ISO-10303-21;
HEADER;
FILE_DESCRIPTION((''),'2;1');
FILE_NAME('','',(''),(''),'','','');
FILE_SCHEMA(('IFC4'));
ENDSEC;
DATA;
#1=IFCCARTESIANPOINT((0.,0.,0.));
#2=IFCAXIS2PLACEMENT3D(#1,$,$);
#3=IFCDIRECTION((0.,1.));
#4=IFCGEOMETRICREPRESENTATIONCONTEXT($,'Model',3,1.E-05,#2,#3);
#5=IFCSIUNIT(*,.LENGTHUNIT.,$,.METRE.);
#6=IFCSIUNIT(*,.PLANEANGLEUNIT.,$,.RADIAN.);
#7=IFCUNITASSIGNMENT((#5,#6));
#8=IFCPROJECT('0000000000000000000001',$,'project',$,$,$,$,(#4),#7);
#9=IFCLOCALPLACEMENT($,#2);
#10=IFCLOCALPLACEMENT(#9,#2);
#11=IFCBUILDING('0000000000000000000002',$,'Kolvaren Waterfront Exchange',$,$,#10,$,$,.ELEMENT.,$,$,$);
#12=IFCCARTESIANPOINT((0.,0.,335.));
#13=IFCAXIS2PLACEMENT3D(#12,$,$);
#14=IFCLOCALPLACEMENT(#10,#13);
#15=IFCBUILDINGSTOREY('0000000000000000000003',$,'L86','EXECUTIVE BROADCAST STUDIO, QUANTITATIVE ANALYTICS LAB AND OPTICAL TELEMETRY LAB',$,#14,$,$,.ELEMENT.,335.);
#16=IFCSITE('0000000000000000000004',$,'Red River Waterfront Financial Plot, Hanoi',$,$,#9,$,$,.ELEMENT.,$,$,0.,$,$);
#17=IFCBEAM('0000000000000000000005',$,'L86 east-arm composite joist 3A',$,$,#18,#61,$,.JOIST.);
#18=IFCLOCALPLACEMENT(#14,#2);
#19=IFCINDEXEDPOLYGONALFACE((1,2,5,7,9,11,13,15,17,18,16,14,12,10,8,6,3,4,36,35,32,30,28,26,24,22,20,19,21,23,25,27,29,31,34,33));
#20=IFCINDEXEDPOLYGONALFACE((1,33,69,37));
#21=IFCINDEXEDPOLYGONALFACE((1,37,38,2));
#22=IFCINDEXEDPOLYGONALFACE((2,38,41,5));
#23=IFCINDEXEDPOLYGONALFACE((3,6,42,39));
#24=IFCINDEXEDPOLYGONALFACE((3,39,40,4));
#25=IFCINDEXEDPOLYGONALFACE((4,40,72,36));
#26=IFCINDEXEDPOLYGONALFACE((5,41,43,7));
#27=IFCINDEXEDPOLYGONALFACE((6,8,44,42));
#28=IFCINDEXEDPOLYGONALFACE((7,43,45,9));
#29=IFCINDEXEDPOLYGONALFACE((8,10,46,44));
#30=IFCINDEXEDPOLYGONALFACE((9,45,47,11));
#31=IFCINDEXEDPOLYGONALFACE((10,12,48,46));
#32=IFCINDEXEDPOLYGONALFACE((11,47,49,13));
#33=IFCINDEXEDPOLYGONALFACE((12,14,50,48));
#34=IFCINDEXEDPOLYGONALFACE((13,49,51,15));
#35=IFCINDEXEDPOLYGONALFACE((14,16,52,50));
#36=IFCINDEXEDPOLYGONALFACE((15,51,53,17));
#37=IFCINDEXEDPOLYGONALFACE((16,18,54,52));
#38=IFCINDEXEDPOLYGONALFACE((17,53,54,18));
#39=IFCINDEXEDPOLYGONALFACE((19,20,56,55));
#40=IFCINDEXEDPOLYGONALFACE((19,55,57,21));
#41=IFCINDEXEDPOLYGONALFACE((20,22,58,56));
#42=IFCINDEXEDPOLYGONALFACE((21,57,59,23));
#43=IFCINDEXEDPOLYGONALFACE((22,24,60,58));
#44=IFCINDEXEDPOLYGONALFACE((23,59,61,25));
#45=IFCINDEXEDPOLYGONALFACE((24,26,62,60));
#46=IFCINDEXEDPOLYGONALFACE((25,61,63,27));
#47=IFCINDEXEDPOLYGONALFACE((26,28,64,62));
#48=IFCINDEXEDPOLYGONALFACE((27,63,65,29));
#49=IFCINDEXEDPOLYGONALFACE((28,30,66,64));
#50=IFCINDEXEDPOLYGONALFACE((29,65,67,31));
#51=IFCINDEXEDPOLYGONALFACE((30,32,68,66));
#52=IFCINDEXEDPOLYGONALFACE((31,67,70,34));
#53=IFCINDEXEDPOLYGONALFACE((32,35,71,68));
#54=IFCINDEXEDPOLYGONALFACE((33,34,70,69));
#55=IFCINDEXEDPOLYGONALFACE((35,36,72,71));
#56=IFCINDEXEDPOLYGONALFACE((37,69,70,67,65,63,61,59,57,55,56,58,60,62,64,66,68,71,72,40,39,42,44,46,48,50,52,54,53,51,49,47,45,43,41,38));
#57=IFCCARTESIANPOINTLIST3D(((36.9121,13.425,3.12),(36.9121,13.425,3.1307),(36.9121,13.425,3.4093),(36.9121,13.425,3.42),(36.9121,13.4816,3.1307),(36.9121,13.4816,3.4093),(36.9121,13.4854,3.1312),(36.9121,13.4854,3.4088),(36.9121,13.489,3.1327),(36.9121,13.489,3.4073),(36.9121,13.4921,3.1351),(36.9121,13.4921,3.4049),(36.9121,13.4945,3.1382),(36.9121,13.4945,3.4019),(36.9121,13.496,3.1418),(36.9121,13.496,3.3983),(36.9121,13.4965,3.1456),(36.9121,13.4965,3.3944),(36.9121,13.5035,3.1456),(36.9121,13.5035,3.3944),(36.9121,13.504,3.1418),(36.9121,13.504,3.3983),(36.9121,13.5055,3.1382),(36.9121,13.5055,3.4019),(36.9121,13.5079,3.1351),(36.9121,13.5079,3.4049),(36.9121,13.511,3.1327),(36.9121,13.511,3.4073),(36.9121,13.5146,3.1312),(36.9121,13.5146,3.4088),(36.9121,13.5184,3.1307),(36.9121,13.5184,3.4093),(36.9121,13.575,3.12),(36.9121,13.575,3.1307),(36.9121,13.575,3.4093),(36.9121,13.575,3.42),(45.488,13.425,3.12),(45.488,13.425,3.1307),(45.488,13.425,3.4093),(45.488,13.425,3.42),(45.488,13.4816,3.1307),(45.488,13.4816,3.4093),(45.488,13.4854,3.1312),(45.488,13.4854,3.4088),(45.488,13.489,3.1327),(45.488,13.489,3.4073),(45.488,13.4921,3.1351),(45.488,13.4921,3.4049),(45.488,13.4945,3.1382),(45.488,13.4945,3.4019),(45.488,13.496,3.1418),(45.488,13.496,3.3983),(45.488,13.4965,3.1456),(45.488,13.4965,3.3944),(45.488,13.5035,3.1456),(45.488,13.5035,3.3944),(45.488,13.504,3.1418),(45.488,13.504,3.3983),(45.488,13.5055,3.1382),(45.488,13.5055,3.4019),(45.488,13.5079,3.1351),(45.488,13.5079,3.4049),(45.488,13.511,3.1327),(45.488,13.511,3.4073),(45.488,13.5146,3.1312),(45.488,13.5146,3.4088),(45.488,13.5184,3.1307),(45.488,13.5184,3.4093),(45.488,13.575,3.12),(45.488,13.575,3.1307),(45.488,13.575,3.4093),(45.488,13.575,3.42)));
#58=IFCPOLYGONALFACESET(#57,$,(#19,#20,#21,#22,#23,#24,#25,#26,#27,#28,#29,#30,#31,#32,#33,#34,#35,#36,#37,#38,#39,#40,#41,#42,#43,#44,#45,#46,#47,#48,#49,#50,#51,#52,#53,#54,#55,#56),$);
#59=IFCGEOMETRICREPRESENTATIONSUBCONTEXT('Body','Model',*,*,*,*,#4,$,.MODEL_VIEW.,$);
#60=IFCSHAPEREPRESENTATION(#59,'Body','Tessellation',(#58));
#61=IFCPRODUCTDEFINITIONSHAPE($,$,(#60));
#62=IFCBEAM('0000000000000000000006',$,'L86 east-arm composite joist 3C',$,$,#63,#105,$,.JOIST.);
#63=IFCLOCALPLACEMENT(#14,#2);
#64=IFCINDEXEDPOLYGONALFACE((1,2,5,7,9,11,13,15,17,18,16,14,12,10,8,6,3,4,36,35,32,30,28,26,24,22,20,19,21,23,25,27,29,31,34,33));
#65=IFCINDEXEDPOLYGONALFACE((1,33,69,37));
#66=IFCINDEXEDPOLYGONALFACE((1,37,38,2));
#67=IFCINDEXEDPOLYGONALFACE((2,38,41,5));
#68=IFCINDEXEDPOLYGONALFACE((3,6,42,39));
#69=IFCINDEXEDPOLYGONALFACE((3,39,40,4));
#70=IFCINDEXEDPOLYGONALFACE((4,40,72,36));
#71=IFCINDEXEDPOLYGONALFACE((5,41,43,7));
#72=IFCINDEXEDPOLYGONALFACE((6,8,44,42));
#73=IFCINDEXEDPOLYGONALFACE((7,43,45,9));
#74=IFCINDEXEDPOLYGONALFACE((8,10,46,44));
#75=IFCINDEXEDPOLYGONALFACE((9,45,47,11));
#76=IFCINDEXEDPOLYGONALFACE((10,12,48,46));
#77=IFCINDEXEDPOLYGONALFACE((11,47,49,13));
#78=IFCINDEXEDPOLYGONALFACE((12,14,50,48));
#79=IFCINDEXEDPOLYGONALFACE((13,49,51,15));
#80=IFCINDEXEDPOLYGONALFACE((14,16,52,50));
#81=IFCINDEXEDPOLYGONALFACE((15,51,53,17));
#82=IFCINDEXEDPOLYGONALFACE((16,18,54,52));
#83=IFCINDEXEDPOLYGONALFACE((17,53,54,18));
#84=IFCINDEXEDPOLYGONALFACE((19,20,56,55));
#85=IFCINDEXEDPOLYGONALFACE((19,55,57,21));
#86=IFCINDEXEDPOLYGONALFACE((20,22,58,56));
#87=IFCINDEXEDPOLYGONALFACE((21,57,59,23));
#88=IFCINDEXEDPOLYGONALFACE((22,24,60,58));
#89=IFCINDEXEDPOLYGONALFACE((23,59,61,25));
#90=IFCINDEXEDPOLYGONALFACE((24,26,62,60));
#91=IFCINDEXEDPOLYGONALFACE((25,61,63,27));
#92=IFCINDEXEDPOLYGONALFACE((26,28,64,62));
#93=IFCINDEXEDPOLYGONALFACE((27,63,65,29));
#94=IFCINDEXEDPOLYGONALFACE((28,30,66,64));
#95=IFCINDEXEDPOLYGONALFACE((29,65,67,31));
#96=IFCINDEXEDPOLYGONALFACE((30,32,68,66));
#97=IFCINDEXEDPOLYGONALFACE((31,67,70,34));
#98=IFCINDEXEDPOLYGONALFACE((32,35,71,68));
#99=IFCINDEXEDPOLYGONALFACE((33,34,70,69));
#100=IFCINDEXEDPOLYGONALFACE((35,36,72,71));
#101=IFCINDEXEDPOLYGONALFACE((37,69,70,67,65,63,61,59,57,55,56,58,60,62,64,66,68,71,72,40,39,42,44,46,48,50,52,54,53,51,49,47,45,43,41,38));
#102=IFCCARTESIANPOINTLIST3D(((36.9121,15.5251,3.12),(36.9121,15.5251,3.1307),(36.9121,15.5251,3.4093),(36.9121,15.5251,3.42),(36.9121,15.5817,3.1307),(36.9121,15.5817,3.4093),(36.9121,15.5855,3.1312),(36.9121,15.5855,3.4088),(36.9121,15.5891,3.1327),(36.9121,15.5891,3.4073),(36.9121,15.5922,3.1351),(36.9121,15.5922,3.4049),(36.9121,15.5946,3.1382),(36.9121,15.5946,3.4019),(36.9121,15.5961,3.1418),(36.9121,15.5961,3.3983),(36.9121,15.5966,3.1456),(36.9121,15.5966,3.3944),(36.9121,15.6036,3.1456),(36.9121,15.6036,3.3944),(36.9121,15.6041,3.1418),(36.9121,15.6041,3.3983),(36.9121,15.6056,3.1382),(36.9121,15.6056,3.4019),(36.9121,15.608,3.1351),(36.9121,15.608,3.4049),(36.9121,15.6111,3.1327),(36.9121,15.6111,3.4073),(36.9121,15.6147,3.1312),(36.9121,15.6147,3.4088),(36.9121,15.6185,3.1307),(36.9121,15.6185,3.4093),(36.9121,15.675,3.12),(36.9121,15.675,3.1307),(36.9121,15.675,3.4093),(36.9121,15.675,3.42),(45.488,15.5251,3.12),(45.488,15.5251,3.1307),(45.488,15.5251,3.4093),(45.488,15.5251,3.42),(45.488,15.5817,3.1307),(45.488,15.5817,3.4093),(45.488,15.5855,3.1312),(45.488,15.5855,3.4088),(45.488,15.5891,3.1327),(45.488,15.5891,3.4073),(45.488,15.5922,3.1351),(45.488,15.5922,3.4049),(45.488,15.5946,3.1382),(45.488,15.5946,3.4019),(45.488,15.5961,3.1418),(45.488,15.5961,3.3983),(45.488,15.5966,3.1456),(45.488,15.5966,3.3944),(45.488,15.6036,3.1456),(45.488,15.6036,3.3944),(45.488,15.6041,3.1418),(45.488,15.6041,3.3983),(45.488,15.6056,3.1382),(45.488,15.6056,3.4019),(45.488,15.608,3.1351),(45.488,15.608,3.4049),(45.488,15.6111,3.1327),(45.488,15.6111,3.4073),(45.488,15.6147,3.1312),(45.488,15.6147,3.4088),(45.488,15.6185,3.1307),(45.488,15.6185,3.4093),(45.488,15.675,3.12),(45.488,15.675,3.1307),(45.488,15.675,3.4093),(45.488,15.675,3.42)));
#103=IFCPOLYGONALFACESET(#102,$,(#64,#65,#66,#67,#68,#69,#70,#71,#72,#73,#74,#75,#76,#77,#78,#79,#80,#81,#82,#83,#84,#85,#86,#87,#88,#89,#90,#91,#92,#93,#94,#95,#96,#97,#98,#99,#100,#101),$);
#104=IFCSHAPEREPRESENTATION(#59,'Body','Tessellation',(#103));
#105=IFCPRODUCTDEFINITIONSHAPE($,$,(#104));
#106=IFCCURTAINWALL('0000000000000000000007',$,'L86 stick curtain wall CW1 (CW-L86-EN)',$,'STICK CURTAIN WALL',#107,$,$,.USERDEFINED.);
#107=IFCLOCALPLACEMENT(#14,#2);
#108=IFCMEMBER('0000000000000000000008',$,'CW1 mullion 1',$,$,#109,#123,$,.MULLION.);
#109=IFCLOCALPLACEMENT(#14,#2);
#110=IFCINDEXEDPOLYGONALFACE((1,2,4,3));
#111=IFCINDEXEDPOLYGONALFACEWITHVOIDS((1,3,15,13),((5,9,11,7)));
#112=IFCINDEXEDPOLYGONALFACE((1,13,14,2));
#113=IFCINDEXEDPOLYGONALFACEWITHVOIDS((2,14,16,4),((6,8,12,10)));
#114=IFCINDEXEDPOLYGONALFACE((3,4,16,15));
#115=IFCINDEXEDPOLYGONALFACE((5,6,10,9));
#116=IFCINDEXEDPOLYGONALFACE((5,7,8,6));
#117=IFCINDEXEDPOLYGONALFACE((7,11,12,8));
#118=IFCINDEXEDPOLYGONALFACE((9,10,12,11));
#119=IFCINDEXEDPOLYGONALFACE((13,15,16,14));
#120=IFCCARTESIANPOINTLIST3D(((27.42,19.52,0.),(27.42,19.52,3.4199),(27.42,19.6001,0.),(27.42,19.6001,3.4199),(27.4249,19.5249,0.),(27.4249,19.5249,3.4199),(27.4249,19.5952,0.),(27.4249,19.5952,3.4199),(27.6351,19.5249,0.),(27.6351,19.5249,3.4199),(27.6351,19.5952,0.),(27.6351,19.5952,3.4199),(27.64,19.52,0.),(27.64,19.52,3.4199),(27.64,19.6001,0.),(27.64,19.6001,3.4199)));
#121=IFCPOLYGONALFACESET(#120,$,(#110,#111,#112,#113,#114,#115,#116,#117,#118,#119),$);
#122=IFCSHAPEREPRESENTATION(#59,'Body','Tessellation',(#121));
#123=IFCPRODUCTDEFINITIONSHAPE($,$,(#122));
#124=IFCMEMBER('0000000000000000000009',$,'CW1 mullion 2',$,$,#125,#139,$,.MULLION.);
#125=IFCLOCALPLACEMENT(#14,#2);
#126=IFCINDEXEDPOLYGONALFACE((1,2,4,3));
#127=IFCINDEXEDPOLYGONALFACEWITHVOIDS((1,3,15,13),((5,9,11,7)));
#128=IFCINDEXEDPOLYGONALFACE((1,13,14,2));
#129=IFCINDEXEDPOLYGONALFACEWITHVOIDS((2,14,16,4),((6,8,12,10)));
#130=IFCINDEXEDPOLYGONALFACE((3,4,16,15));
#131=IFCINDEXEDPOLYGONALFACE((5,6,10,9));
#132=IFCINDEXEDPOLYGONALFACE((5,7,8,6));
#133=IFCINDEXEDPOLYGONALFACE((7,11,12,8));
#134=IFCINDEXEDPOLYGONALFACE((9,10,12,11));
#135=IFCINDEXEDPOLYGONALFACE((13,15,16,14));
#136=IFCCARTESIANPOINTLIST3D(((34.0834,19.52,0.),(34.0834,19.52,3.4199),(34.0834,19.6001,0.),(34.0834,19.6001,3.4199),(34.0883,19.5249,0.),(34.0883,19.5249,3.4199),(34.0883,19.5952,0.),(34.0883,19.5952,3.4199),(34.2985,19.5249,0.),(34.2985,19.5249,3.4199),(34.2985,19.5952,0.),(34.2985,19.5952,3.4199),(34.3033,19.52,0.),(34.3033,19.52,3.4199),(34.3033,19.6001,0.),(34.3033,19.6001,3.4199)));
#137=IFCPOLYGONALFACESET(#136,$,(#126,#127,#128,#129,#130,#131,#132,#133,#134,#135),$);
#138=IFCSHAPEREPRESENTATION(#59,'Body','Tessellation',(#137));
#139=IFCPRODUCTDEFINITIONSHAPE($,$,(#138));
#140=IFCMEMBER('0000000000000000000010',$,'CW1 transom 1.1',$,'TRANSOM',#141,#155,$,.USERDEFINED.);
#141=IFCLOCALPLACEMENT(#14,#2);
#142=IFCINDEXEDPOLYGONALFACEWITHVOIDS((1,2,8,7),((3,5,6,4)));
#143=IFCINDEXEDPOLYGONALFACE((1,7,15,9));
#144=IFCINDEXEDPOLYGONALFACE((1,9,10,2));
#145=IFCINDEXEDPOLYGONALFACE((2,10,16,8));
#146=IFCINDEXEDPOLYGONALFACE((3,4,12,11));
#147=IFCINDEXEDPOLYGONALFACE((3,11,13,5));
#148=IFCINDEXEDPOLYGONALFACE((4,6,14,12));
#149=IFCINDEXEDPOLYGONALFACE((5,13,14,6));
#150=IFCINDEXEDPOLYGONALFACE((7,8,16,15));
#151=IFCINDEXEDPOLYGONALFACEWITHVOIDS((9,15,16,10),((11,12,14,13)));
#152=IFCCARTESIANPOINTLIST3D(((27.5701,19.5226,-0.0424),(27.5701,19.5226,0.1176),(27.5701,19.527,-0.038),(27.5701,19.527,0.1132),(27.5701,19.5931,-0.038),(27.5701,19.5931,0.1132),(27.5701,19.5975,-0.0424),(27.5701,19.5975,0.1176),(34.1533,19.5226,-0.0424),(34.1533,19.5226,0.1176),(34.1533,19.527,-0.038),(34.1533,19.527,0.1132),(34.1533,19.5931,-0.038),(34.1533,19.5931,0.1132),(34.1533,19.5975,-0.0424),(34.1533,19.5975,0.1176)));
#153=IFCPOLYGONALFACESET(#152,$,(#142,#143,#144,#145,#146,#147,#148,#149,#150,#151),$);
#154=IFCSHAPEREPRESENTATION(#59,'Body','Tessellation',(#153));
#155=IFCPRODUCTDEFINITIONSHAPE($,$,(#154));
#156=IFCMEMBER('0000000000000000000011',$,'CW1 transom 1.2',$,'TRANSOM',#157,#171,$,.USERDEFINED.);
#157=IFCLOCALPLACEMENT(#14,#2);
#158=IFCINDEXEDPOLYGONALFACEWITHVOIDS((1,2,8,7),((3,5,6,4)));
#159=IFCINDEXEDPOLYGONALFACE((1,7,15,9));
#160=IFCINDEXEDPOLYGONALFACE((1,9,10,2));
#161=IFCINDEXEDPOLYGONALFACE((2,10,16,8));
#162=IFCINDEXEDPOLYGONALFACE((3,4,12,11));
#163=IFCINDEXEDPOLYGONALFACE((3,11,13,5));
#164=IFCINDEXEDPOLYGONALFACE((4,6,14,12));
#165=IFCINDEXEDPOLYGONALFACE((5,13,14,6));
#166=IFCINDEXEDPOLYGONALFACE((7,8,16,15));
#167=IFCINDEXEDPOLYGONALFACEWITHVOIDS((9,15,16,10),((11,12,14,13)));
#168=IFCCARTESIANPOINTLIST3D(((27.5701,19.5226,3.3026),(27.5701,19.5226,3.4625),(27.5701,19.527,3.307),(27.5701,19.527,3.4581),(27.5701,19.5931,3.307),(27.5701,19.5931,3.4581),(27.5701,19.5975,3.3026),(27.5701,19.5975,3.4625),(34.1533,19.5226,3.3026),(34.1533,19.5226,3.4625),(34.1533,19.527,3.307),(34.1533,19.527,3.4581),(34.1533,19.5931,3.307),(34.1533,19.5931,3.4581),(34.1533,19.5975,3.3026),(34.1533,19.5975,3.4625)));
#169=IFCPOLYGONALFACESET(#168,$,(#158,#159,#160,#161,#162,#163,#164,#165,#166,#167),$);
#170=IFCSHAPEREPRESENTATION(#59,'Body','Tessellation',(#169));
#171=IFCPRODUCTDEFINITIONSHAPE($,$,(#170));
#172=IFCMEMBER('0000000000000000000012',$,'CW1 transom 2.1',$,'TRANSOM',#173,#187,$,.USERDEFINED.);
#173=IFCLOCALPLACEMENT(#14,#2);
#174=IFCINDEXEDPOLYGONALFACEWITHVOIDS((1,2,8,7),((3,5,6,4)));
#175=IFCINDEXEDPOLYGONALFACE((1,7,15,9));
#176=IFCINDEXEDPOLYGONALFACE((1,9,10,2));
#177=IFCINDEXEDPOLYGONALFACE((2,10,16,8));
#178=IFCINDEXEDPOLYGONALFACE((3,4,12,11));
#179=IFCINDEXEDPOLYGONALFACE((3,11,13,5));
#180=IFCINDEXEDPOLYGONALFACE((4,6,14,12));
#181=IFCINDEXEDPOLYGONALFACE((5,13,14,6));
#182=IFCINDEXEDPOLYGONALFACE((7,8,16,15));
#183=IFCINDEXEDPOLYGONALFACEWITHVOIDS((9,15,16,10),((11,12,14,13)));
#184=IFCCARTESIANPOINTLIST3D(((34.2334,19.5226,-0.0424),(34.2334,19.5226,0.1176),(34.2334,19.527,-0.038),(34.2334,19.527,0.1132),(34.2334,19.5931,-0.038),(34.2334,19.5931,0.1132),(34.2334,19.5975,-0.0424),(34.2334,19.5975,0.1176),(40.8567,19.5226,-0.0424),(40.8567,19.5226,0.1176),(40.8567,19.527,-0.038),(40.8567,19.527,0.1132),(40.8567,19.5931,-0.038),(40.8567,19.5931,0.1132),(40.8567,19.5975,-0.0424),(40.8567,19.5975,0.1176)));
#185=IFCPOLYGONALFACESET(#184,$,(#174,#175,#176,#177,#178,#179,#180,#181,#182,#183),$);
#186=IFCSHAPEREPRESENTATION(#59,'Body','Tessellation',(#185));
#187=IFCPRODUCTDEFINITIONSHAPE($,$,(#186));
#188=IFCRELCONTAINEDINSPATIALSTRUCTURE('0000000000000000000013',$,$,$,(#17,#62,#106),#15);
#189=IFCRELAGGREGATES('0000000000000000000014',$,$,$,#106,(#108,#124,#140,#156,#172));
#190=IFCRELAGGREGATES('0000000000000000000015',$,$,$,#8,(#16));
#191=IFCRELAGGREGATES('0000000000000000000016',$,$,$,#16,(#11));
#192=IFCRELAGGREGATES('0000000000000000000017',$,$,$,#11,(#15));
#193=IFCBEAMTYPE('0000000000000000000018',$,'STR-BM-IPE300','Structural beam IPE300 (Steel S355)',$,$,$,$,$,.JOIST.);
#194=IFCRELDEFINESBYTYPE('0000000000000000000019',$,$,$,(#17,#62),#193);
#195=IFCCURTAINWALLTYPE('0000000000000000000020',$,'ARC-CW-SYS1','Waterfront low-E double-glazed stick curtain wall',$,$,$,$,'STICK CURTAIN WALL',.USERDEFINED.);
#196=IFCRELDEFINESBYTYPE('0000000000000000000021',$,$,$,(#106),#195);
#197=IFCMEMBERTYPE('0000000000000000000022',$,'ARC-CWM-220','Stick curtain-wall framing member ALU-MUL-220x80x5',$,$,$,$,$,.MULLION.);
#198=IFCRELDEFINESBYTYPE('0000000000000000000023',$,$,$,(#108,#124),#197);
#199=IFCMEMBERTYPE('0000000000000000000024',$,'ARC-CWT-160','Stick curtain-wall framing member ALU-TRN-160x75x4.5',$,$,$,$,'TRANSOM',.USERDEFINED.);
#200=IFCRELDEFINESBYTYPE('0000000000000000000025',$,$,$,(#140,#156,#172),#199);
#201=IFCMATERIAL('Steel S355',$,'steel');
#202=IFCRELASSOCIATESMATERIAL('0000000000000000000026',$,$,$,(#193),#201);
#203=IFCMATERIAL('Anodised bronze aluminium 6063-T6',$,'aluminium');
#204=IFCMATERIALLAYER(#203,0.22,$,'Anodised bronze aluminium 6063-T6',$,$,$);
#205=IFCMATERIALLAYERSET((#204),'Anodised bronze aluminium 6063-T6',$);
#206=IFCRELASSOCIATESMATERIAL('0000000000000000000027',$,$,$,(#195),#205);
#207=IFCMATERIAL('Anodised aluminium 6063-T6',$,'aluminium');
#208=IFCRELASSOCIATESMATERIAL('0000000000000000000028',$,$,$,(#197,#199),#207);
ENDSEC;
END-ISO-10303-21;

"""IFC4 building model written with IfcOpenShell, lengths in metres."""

from ifc_helpers import new_model, si_unit, direction, frame, origin, origin_with_axes, origin_2d, place, context, subcontext, project, spatial, hollow_rectangle, i_section, extrude, source, transform, mapped, material, layer, layer_set, material_profile, profile_set, type_object, element, aggregate, save


model = new_model("IFC4")

# Units and contexts
model_context = context("Model", 3, precision=1e-05, world=origin(), true_north=direction((0.0, 1.0)))
body_context = subcontext(model_context, "Body", "Model", "MODEL_VIEW")
ifc_project = project(units=[si_unit("LENGTHUNIT", "METRE"), si_unit("PLANEANGLEUNIT", "RADIAN")], contexts=[model_context])

# Site, building, storey
site_placement = place(None, origin())
site = spatial("IfcSite", under=ifc_project, at=site_placement, Name="Red River Waterfront Financial Plot, Hanoi", CompositionType="ELEMENT", RefElevation=0.0)
building_placement = place(site_placement, origin())
building = spatial("IfcBuilding", under=site, at=building_placement, Name="Kolvaren Waterfront Exchange", CompositionType="ELEMENT")
storey_placement = place(building_placement, frame((0.0, 0.0, 335.0)))
storey = spatial("IfcBuildingStorey", under=building, at=storey_placement, Name="L86", Description="EXECUTIVE BROADCAST STUDIO, QUANTITATIVE ANALYTICS LAB AND OPTICAL TELEMETRY LAB", CompositionType="ELEMENT", Elevation=335.0)

# Beams
ifc_material_1 = material(Name="Steel S355", Category="steel")
ifc_material_profile_1 = material_profile(ifc_material_1, i_section(OverallWidth=0.1499, OverallDepth=0.3, WebThickness=0.0071, FlangeThickness=0.0107, FilletRadius=0.0149, at=origin_2d()), Name="IPE300")
ifc_profile_set_1 = profile_set([ifc_material_profile_1], Name="Steel S355")
beam_type_1 = type_object("IfcBeamType", Name="STR-BM-IPE300", Description="Structural beam IPE300 (Steel S355)", PredefinedType="JOIST", material=ifc_profile_set_1)
for number, where, z_axis, x_axis, name in (
    (1, (36.9121, 13.5, 3.27), (1.0, 0.0, 0.0), (0.0, 1.0, 0.0), "L86 east-arm composite joist 3A"),
    (2, (36.9121, 15.6001, 3.27), (1.0, 0.0, 0.0), (0.0, 1.0, 0.0), "L86 east-arm composite joist 3C"),
):
    element("IfcBeam", number, at=place(storey_placement, frame(where, z_axis=z_axis, x_axis=x_axis)), inside=storey, type_object=beam_type_1, Name=name, PredefinedType="JOIST", context=body_context, shape_type="SweptSolid", body=[
        extrude(i_section(OverallWidth=0.1499, OverallDepth=0.3, WebThickness=0.0071, FlangeThickness=0.0107, FilletRadius=0.0149, at=origin_2d()), origin(), (0.0, 0.0, 1.0), 8.5759),
    ])

# Curtain wall, members
ifc_material_2 = material(Name="Anodised bronze aluminium 6063-T6", Category="aluminium")
ifc_layer_1 = layer(ifc_material_2, 0.22, Name="Anodised bronze aluminium 6063-T6")
ifc_layer_set_1 = layer_set([ifc_layer_1], Name="Anodised bronze aluminium 6063-T6")
curtain_wall_type = type_object("IfcCurtainWallType", Name="ARC-CW-SYS1", Description="Waterfront low-E double-glazed stick curtain wall", ElementType="STICK CURTAIN WALL", PredefinedType="USERDEFINED", material=ifc_layer_set_1)
curtain_wall_placement = place(storey_placement, origin())
curtain_wall = element("IfcCurtainWall", 3, at=curtain_wall_placement, inside=storey, type_object=curtain_wall_type, Name="L86 stick curtain wall CW1 (CW-L86-EN)", ObjectType="STICK CURTAIN WALL", PredefinedType="USERDEFINED")
ifc_material_3 = material(Name="Anodised aluminium 6063-T6", Category="aluminium")
ifc_material_profile_2 = material_profile(ifc_material_3, hollow_rectangle(XDim=0.0801, YDim=0.22, WallThickness=0.0049, at=origin_2d()), Name="ALU-MUL-220x80x5")
ifc_profile_set_2 = profile_set([ifc_material_profile_2], Name="Anodised aluminium 6063-T6")
member_type_1 = type_object("IfcMemberType", Name="ARC-CWM-220", Description="Stick curtain-wall framing member ALU-MUL-220x80x5", PredefinedType="MULLION", material=ifc_profile_set_2)
shared_shape_1 = source(origin_with_axes(), body_context, "Body", "SweptSolid", [
    extrude(hollow_rectangle(XDim=0.0801, YDim=0.22, WallThickness=0.0049, at=origin_2d()), origin(), (0.0, 0.0, 1.0), 3.4199),
])
member_1_placement = place(storey_placement, frame((27.53, 19.5601, 0.0), z_axis=(0.0, 0.0, 1.0), x_axis=(0.0, 1.0, 0.0)))
member_1 = element("IfcMember", 4, at=member_1_placement, type_object=member_type_1, Name="CW1 mullion 1", PredefinedType="MULLION", context=body_context, shape_type="MappedRepresentation", body=[
    mapped(shared_shape_1, transform((0.0, 0.0, 0.0), x_axis=(1.0, 0.0, 0.0), y_axis=(0.0, 1.0, 0.0), z_axis=(0.0, 0.0, 1.0), scale=1.0)),
])
member_2_placement = place(storey_placement, frame((34.1934, 19.5601, 0.0), z_axis=(0.0, 0.0, 1.0), x_axis=(0.0, 1.0, 0.0)))
member_2 = element("IfcMember", 5, at=member_2_placement, type_object=member_type_1, Name="CW1 mullion 2", PredefinedType="MULLION", context=body_context, shape_type="MappedRepresentation", body=[
    mapped(shared_shape_1, transform((0.0, 0.0, 0.0), x_axis=(1.0, 0.0, 0.0), y_axis=(0.0, 1.0, 0.0), z_axis=(0.0, 0.0, 1.0), scale=1.0)),
])
ifc_material_profile_3 = material_profile(ifc_material_3, hollow_rectangle(XDim=0.075, YDim=0.1599, WallThickness=0.0044, at=origin_2d()), Name="ALU-TRN-160x75x4.5")
ifc_profile_set_3 = profile_set([ifc_material_profile_3], Name="Anodised aluminium 6063-T6")
member_type_2 = type_object("IfcMemberType", Name="ARC-CWT-160", Description="Stick curtain-wall framing member ALU-TRN-160x75x4.5", ElementType="TRANSOM", PredefinedType="USERDEFINED", material=ifc_profile_set_3)
shared_shape_2 = source(origin_with_axes(), body_context, "Body", "SweptSolid", [
    extrude(hollow_rectangle(XDim=0.075, YDim=0.1599, WallThickness=0.0044, at=origin_2d()), origin(), (0.0, 0.0, 1.0), 6.5833),
])
member_3_placement = place(storey_placement, frame((27.5701, 19.5601, 0.0376), z_axis=(1.0, 0.0, 0.0), x_axis=(0.0, 1.0, 0.0)))
member_3 = element("IfcMember", 6, at=member_3_placement, type_object=member_type_2, Name="CW1 transom 1.1", ObjectType="TRANSOM", PredefinedType="USERDEFINED", context=body_context, shape_type="MappedRepresentation", body=[
    mapped(shared_shape_2, transform((0.0, 0.0, 0.0), x_axis=(1.0, 0.0, 0.0), y_axis=(0.0, 1.0, 0.0), z_axis=(0.0, 0.0, 1.0), scale=1.0)),
])
member_4_placement = place(storey_placement, frame((27.5701, 19.5601, 3.3826), z_axis=(1.0, 0.0, 0.0), x_axis=(0.0, 1.0, 0.0)))
member_4 = element("IfcMember", 7, at=member_4_placement, type_object=member_type_2, Name="CW1 transom 1.2", ObjectType="TRANSOM", PredefinedType="USERDEFINED", context=body_context, shape_type="MappedRepresentation", body=[
    mapped(shared_shape_2, transform((0.0, 0.0, 0.0), x_axis=(1.0, 0.0, 0.0), y_axis=(0.0, 1.0, 0.0), z_axis=(0.0, 0.0, 1.0), scale=1.0)),
])
shared_shape_3 = source(origin_with_axes(), body_context, "Body", "SweptSolid", [
    extrude(hollow_rectangle(XDim=0.075, YDim=0.1599, WallThickness=0.0044, at=origin_2d()), origin(), (0.0, 0.0, 1.0), 6.6233),
])
member_5_placement = place(storey_placement, frame((34.2334, 19.5601, 0.0376), z_axis=(1.0, 0.0, 0.0), x_axis=(0.0, 1.0, 0.0)))
member_5 = element("IfcMember", 8, at=member_5_placement, type_object=member_type_2, Name="CW1 transom 2.1", ObjectType="TRANSOM", PredefinedType="USERDEFINED", context=body_context, shape_type="MappedRepresentation", body=[
    mapped(shared_shape_3, transform((0.0, 0.0, 0.0), x_axis=(1.0, 0.0, 0.0), y_axis=(0.0, 1.0, 0.0), z_axis=(0.0, 0.0, 1.0), scale=1.0)),
])
aggregate(curtain_wall, [member_1, member_2, member_3, member_4, member_5])

save(model, "model.ifc")
